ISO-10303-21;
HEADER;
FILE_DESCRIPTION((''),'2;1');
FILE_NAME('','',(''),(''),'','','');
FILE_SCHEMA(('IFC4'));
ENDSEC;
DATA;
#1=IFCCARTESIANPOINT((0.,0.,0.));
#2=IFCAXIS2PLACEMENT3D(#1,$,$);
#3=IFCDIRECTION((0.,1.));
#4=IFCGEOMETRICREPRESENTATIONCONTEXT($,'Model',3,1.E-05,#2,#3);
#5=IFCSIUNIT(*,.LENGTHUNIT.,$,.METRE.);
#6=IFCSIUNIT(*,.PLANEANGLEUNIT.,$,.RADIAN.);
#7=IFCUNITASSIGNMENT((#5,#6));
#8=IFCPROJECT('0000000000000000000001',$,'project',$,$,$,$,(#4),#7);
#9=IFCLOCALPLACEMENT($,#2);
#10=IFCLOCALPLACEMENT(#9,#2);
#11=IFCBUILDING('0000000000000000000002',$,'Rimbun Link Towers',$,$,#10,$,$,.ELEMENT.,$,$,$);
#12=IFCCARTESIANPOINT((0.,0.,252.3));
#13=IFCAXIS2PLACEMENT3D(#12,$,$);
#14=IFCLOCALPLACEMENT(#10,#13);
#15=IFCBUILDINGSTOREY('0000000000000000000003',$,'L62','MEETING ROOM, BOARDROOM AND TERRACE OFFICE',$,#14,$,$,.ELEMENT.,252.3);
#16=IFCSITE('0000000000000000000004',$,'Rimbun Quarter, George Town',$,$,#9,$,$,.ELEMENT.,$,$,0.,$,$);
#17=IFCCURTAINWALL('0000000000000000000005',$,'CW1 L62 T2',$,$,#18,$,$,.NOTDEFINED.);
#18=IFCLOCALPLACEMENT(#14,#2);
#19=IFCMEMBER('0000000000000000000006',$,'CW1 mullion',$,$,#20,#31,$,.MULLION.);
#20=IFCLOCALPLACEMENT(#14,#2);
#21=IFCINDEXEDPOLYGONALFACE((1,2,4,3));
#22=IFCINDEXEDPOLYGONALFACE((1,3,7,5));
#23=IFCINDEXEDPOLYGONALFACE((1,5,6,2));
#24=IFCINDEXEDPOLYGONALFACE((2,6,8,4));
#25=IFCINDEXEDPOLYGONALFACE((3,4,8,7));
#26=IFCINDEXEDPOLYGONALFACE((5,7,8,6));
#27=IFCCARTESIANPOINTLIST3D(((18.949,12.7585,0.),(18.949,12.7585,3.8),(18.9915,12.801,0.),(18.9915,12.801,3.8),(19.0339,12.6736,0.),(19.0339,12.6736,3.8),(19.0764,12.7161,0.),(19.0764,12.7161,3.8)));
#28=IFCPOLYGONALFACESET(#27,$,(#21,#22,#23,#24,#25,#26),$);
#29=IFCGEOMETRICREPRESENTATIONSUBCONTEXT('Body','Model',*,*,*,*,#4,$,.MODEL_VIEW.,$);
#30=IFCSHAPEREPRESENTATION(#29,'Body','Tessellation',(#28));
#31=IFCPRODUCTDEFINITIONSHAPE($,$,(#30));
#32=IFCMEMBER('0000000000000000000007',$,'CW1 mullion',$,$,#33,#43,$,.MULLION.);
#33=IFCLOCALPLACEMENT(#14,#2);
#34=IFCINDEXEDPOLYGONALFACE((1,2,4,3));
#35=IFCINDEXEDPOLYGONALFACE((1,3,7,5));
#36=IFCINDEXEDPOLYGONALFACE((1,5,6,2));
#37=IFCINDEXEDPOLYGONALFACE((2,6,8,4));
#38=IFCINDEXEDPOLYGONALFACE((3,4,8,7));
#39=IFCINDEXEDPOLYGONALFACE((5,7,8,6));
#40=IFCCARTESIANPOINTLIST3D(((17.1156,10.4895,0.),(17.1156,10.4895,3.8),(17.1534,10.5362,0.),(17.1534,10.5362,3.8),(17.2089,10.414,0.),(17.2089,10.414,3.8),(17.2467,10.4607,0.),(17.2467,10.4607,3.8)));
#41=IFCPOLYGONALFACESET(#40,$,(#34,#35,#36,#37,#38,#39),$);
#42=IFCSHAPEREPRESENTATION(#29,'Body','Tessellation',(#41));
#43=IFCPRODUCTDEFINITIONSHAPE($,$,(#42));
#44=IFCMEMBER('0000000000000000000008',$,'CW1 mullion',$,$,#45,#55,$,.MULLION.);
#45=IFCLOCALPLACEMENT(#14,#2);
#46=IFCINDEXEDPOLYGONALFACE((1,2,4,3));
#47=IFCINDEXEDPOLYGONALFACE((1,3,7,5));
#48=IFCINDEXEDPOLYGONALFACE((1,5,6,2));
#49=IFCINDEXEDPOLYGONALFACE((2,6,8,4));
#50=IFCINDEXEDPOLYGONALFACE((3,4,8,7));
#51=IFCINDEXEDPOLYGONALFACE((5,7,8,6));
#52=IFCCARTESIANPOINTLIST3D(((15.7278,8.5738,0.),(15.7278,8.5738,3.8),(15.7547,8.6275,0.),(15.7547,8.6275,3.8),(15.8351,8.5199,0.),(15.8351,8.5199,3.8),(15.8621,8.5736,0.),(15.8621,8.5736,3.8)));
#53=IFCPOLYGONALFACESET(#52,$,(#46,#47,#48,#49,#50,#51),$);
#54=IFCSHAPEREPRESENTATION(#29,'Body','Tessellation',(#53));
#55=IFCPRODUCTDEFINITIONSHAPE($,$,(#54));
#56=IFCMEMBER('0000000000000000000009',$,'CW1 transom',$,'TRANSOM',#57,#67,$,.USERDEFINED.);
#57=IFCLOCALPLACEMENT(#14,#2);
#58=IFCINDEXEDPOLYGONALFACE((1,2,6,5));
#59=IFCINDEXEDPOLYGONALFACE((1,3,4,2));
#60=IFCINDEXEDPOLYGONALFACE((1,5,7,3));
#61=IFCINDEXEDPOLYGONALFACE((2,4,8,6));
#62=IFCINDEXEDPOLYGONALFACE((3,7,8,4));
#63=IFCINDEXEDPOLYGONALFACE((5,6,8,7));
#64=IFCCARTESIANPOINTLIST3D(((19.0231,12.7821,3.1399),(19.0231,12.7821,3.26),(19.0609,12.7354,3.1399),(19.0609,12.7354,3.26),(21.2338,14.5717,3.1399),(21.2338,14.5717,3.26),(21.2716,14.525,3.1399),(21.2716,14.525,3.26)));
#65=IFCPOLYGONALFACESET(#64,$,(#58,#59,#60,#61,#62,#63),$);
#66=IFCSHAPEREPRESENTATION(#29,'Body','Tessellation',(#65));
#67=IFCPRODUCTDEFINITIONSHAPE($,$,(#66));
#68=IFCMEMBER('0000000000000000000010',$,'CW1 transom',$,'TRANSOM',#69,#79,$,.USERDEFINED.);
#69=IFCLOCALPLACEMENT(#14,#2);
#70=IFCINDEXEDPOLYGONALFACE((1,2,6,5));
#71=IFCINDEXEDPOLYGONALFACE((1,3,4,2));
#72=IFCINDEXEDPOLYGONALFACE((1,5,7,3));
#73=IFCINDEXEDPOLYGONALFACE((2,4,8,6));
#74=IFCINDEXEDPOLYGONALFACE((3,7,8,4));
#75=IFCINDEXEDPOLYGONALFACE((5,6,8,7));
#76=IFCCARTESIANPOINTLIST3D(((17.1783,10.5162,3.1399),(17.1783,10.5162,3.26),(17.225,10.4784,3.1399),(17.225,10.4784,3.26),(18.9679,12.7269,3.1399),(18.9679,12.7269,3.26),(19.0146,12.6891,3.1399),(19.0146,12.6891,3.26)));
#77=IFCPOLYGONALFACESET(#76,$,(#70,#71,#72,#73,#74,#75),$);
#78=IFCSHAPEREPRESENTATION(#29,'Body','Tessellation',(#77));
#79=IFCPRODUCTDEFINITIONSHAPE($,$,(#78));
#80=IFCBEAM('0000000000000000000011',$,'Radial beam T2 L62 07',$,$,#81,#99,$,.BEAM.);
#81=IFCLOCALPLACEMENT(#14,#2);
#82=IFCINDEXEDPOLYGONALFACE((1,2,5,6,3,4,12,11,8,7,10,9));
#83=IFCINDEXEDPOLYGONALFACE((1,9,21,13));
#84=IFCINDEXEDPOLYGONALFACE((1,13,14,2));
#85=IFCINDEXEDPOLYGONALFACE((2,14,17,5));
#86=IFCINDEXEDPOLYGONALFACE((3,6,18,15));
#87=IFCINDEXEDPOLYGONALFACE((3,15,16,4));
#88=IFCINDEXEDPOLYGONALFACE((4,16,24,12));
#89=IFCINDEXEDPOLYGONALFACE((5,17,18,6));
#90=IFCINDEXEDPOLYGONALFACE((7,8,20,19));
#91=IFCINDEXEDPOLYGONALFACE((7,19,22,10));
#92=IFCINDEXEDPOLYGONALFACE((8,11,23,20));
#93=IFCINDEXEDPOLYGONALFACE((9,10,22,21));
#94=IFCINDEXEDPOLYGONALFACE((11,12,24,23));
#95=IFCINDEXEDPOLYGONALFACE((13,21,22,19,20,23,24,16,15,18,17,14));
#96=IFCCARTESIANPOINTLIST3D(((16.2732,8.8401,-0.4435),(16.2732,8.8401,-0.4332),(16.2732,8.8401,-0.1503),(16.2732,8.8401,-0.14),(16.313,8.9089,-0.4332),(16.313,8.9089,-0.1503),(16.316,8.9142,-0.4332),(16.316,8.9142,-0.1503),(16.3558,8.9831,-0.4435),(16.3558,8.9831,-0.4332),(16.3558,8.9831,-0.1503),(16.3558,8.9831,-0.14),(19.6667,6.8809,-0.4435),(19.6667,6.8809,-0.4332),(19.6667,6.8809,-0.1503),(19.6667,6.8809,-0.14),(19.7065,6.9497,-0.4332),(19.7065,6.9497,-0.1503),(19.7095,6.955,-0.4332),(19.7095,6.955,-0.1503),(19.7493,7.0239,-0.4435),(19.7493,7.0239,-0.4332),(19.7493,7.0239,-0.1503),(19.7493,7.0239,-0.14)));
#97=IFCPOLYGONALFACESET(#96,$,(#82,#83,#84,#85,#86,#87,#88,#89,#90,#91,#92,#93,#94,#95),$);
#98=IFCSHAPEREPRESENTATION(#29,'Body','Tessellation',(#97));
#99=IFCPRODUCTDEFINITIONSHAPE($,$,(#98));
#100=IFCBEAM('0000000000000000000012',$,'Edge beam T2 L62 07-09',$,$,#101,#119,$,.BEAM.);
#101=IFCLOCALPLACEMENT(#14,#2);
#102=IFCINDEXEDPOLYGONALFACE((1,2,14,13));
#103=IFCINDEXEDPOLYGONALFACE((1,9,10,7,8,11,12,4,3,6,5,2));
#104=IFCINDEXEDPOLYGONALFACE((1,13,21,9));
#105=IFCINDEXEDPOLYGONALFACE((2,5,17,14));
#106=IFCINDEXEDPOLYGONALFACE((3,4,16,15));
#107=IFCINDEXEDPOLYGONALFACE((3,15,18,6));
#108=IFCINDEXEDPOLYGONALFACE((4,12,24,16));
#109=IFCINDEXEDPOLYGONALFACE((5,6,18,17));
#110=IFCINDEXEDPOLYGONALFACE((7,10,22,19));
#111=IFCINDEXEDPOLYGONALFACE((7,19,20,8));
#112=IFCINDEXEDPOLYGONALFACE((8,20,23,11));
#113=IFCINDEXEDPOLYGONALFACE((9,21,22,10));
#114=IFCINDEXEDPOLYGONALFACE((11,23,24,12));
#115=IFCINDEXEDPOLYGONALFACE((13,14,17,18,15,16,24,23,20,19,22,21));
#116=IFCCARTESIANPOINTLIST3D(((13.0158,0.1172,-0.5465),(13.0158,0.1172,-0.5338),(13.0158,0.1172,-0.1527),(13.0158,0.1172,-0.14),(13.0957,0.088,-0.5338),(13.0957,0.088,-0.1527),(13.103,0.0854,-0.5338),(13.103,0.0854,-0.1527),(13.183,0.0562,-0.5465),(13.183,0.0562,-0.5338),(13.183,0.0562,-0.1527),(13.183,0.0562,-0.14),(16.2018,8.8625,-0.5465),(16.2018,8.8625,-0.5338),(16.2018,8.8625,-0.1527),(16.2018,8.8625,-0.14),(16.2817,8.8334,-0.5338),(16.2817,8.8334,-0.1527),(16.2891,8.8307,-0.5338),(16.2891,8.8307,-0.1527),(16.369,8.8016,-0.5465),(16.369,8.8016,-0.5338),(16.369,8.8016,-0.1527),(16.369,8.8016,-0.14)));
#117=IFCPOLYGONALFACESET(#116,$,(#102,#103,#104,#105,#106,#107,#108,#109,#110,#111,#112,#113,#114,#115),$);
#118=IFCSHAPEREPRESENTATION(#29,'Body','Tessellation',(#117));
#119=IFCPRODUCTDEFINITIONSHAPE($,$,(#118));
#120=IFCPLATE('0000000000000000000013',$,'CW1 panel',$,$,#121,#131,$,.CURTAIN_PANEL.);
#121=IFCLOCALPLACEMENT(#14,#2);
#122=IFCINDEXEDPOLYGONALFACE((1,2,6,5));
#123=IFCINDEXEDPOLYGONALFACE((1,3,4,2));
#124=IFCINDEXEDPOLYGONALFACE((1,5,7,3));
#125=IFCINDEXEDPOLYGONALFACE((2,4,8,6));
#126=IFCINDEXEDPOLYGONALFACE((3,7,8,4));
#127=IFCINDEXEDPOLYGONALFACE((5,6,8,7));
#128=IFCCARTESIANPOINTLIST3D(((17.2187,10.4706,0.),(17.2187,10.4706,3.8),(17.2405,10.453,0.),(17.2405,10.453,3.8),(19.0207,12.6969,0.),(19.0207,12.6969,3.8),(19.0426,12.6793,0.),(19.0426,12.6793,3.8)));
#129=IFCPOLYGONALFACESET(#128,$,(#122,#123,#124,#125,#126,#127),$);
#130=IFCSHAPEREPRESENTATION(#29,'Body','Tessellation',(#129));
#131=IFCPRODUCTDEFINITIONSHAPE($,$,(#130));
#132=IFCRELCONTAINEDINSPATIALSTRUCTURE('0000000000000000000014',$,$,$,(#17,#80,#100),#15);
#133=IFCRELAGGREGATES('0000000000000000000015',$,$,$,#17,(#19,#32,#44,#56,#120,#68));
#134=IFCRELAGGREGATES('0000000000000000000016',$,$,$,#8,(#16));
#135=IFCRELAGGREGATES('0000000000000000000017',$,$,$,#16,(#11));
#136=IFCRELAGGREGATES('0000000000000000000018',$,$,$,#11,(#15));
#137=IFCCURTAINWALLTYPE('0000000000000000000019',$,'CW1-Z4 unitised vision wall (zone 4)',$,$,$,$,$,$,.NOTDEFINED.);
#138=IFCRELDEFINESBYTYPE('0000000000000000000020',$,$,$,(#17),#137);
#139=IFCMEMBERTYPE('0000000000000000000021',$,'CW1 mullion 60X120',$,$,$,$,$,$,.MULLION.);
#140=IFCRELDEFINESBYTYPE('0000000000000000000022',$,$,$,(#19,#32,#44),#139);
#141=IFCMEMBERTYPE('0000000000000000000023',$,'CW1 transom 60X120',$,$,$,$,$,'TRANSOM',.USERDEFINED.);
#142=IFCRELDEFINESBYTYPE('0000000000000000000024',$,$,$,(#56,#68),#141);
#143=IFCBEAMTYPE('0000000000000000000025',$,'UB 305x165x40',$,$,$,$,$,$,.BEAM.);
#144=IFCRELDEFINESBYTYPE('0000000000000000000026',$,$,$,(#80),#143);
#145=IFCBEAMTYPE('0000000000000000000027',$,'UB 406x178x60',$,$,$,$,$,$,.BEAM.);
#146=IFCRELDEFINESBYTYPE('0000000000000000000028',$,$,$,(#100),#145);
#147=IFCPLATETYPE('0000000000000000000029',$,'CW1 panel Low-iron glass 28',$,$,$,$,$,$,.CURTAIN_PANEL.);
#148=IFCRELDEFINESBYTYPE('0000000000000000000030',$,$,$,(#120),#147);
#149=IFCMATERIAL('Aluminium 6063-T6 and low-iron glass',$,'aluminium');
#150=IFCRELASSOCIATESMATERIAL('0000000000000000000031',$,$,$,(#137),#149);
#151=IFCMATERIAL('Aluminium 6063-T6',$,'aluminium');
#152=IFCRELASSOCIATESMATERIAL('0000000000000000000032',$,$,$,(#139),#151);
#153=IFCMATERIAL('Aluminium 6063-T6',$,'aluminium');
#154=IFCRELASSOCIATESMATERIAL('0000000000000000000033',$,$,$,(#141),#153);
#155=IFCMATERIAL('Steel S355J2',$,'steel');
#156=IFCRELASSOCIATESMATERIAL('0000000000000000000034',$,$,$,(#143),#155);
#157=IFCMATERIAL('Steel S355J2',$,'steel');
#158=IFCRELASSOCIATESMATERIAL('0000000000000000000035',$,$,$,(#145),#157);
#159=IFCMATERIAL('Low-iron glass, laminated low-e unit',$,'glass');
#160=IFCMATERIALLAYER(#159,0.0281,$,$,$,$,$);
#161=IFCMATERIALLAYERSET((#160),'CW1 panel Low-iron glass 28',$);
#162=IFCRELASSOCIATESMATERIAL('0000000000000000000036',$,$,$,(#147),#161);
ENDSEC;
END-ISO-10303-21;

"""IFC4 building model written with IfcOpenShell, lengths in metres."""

from ifc_helpers import new_model, si_unit, direction, frame, origin, origin_2d, place, context, subcontext, project, spatial, rectangle, i_section, extrude, material, layer, layer_set, material_profile, profile_set, type_object, element, aggregate, save


model = new_model("IFC4")

# Units and contexts
model_context = context("Model", 3, precision=1e-05, world=origin(), true_north=direction((0.0, 1.0)))
body_context = subcontext(model_context, "Body", "Model", "MODEL_VIEW")
ifc_project = project(units=[si_unit("LENGTHUNIT", "METRE"), si_unit("PLANEANGLEUNIT", "RADIAN")], contexts=[model_context])

# Site, building, storey
site_placement = place(None, origin())
site = spatial("IfcSite", under=ifc_project, at=site_placement, Name="Rimbun Quarter, George Town", CompositionType="ELEMENT", RefElevation=0.0)
building_placement = place(site_placement, origin())
building = spatial("IfcBuilding", under=site, at=building_placement, Name="Rimbun Link Towers", CompositionType="ELEMENT")
storey_placement = place(building_placement, frame((0.0, 0.0, 252.3)))
storey = spatial("IfcBuildingStorey", under=building, at=storey_placement, Name="L62", Description="MEETING ROOM, BOARDROOM AND TERRACE OFFICE", CompositionType="ELEMENT", Elevation=252.3)

# Curtain wall, members
ifc_material_1 = material(Name="Aluminium 6063-T6 and low-iron glass", Category="aluminium")
curtain_wall_type = type_object("IfcCurtainWallType", Name="CW1-Z4 unitised vision wall (zone 4)", PredefinedType="NOTDEFINED", material=ifc_material_1)
curtain_wall_placement = place(storey_placement, origin())
curtain_wall = element("IfcCurtainWall", 1, at=curtain_wall_placement, inside=storey, type_object=curtain_wall_type, Name="CW1 L62 T2", PredefinedType="NOTDEFINED")
ifc_material_2 = material(Name="Aluminium 6063-T6", Category="aluminium")
ifc_material_profile_1 = material_profile(ifc_material_2, rectangle(XDim=0.1201, YDim=0.0601, at=origin_2d()), Name="MULLION 60X120")
ifc_profile_set_1 = profile_set([ifc_material_profile_1], Name="Aluminium 6063-T6")
member_type_1 = type_object("IfcMemberType", Name="CW1 mullion 60X120", PredefinedType="MULLION", material=ifc_profile_set_1)
member_1_placement = place(storey_placement, frame((19.0127, 12.7373, 0.0), z_axis=(0.0, 0.0, 1.0), x_axis=(-0.707107, 0.707107, 0.0)))
member_1 = element("IfcMember", 2, at=member_1_placement, type_object=member_type_1, Name="CW1 mullion", PredefinedType="MULLION", context=body_context, shape_type="SweptSolid", body=[
    extrude(rectangle(XDim=0.1201, YDim=0.0601, at=origin_2d()), origin(), (0.0, 0.0, 1.0), 3.8),
])
member_2_placement = place(storey_placement, frame((17.1812, 10.4751, 0.0), z_axis=(0.0, 0.0, 1.0), x_axis=(-0.777277, 0.629159, 0.0)))
member_2 = element("IfcMember", 3, at=member_2_placement, type_object=member_type_1, Name="CW1 mullion", PredefinedType="MULLION", context=body_context, shape_type="SweptSolid", body=[
    extrude(rectangle(XDim=0.1201, YDim=0.0601, at=origin_2d()), origin(), (0.0, 0.0, 1.0), 3.8),
])
member_3_placement = place(storey_placement, frame((15.7949, 8.5737, 0.0), z_axis=(0.0, 0.0, 1.0), x_axis=(-0.893647, 0.44877, 0.0)))
member_3 = element("IfcMember", 4, at=member_3_placement, type_object=member_type_1, Name="CW1 mullion", PredefinedType="MULLION", context=body_context, shape_type="SweptSolid", body=[
    extrude(rectangle(XDim=0.1201, YDim=0.0601, at=origin_2d()), origin(), (0.0, 0.0, 1.0), 3.8),
])
ifc_material_3 = material(Name="Aluminium 6063-T6", Category="aluminium")
ifc_material_profile_2 = material_profile(ifc_material_3, rectangle(XDim=0.0601, YDim=0.1201, at=origin_2d()), Name="TRANSOM 60X120")
ifc_profile_set_2 = profile_set([ifc_material_profile_2], Name="Aluminium 6063-T6")
member_type_2 = type_object("IfcMemberType", Name="CW1 transom 60X120", ElementType="TRANSOM", PredefinedType="USERDEFINED", material=ifc_profile_set_2)
member_4_placement = place(storey_placement, frame((19.042, 12.7588, 3.2), z_axis=(0.777255, 0.629186, 0.0), x_axis=(-0.629186, 0.777255, 0.0)))
member_4 = element("IfcMember", 5, at=member_4_placement, type_object=member_type_2, Name="CW1 transom", ObjectType="TRANSOM", PredefinedType="USERDEFINED", context=body_context, shape_type="SweptSolid", body=[
    extrude(rectangle(XDim=0.0601, YDim=0.1201, at=origin_2d()), origin(), (0.0, 0.0, 1.0), 2.8442),
])
member_5_placement = place(storey_placement, frame((17.2017, 10.4973, 3.2), z_axis=(0.629186, 0.777255, 0.0), x_axis=(-0.777255, 0.629186, 0.0)))
member_5 = element("IfcMember", 6, at=member_5_placement, type_object=member_type_2, Name="CW1 transom", ObjectType="TRANSOM", PredefinedType="USERDEFINED", context=body_context, shape_type="SweptSolid", body=[
    extrude(rectangle(XDim=0.0601, YDim=0.1201, at=origin_2d()), origin(), (0.0, 0.0, 1.0), 2.8442),
])

# Beams
ifc_material_4 = material(Name="Steel S355J2", Category="steel")
ifc_material_profile_3 = material_profile(ifc_material_4, i_section(OverallWidth=0.165, OverallDepth=0.3035, WebThickness=0.0061, FlangeThickness=0.0103, at=origin_2d()), Name="UB 305x165x40")
ifc_profile_set_3 = profile_set([ifc_material_profile_3], Name="Steel S355J2")
beam_type_1 = type_object("IfcBeamType", Name="UB 305x165x40", PredefinedType="BEAM", material=ifc_profile_set_3)
beam_1_placement = place(storey_placement, frame((19.708, 6.9524, -0.2917), z_axis=(-0.86603, 0.499992, 0.0), x_axis=(-0.499992, -0.86603, 0.0)))
element("IfcBeam", 7, at=beam_1_placement, inside=storey, type_object=beam_type_1, Name="Radial beam T2 L62 07", PredefinedType="BEAM", context=body_context, shape_type="SweptSolid", body=[
    extrude(i_section(OverallWidth=0.165, OverallDepth=0.3035, WebThickness=0.0061, FlangeThickness=0.0103, at=origin_2d()), origin(), (0.0, 0.0, 1.0), 3.9185),
])
ifc_material_5 = material(Name="Steel S355J2", Category="steel")
ifc_material_profile_4 = material_profile(ifc_material_5, i_section(OverallWidth=0.178, OverallDepth=0.4065, WebThickness=0.0078, FlangeThickness=0.0127, at=origin_2d()), Name="UB 406x178x60")
ifc_profile_set_4 = profile_set([ifc_material_profile_4], Name="Steel S355J2")
beam_type_2 = type_object("IfcBeamType", Name="UB 406x178x60", PredefinedType="BEAM", material=ifc_profile_set_4)
beam_2_placement = place(storey_placement, frame((16.2854, 8.832, -0.3433), z_axis=(-0.342303, -0.93959, 0.0), x_axis=(0.93959, -0.342303, 0.0)))
element("IfcBeam", 8, at=beam_2_placement, inside=storey, type_object=beam_type_2, Name="Edge beam T2 L62 07-09", PredefinedType="BEAM", context=body_context, shape_type="SweptSolid", body=[
    extrude(i_section(OverallWidth=0.178, OverallDepth=0.4065, WebThickness=0.0078, FlangeThickness=0.0127, at=origin_2d()), origin(), (0.0, 0.0, 1.0), 9.3076),
])

# Plate
ifc_material_6 = material(Name="Low-iron glass, laminated low-e unit", Category="glass")
ifc_layer_1 = layer(ifc_material_6, 0.0281)
ifc_layer_set_1 = layer_set([ifc_layer_1], Name="CW1 panel Low-iron glass 28")
plate_type = type_object("IfcPlateType", Name="CW1 panel Low-iron glass 28", PredefinedType="CURTAIN_PANEL", material=ifc_layer_set_1)
plate_placement = place(storey_placement, frame((18.1306, 11.575, 0.0), z_axis=(0.0, 0.0, 1.0), x_axis=(0.629159, 0.777277, 0.0)))
plate = element("IfcPlate", 9, at=plate_placement, type_object=plate_type, Name="CW1 panel", PredefinedType="CURTAIN_PANEL", context=body_context, shape_type="SweptSolid", body=[
    extrude(rectangle(XDim=2.8643, YDim=0.0281, at=origin_2d()), origin(), (0.0, 0.0, 1.0), 3.8),
])
aggregate(curtain_wall, [member_1, member_2, member_3, member_4, plate, member_5])

save(model, "model.ifc")
